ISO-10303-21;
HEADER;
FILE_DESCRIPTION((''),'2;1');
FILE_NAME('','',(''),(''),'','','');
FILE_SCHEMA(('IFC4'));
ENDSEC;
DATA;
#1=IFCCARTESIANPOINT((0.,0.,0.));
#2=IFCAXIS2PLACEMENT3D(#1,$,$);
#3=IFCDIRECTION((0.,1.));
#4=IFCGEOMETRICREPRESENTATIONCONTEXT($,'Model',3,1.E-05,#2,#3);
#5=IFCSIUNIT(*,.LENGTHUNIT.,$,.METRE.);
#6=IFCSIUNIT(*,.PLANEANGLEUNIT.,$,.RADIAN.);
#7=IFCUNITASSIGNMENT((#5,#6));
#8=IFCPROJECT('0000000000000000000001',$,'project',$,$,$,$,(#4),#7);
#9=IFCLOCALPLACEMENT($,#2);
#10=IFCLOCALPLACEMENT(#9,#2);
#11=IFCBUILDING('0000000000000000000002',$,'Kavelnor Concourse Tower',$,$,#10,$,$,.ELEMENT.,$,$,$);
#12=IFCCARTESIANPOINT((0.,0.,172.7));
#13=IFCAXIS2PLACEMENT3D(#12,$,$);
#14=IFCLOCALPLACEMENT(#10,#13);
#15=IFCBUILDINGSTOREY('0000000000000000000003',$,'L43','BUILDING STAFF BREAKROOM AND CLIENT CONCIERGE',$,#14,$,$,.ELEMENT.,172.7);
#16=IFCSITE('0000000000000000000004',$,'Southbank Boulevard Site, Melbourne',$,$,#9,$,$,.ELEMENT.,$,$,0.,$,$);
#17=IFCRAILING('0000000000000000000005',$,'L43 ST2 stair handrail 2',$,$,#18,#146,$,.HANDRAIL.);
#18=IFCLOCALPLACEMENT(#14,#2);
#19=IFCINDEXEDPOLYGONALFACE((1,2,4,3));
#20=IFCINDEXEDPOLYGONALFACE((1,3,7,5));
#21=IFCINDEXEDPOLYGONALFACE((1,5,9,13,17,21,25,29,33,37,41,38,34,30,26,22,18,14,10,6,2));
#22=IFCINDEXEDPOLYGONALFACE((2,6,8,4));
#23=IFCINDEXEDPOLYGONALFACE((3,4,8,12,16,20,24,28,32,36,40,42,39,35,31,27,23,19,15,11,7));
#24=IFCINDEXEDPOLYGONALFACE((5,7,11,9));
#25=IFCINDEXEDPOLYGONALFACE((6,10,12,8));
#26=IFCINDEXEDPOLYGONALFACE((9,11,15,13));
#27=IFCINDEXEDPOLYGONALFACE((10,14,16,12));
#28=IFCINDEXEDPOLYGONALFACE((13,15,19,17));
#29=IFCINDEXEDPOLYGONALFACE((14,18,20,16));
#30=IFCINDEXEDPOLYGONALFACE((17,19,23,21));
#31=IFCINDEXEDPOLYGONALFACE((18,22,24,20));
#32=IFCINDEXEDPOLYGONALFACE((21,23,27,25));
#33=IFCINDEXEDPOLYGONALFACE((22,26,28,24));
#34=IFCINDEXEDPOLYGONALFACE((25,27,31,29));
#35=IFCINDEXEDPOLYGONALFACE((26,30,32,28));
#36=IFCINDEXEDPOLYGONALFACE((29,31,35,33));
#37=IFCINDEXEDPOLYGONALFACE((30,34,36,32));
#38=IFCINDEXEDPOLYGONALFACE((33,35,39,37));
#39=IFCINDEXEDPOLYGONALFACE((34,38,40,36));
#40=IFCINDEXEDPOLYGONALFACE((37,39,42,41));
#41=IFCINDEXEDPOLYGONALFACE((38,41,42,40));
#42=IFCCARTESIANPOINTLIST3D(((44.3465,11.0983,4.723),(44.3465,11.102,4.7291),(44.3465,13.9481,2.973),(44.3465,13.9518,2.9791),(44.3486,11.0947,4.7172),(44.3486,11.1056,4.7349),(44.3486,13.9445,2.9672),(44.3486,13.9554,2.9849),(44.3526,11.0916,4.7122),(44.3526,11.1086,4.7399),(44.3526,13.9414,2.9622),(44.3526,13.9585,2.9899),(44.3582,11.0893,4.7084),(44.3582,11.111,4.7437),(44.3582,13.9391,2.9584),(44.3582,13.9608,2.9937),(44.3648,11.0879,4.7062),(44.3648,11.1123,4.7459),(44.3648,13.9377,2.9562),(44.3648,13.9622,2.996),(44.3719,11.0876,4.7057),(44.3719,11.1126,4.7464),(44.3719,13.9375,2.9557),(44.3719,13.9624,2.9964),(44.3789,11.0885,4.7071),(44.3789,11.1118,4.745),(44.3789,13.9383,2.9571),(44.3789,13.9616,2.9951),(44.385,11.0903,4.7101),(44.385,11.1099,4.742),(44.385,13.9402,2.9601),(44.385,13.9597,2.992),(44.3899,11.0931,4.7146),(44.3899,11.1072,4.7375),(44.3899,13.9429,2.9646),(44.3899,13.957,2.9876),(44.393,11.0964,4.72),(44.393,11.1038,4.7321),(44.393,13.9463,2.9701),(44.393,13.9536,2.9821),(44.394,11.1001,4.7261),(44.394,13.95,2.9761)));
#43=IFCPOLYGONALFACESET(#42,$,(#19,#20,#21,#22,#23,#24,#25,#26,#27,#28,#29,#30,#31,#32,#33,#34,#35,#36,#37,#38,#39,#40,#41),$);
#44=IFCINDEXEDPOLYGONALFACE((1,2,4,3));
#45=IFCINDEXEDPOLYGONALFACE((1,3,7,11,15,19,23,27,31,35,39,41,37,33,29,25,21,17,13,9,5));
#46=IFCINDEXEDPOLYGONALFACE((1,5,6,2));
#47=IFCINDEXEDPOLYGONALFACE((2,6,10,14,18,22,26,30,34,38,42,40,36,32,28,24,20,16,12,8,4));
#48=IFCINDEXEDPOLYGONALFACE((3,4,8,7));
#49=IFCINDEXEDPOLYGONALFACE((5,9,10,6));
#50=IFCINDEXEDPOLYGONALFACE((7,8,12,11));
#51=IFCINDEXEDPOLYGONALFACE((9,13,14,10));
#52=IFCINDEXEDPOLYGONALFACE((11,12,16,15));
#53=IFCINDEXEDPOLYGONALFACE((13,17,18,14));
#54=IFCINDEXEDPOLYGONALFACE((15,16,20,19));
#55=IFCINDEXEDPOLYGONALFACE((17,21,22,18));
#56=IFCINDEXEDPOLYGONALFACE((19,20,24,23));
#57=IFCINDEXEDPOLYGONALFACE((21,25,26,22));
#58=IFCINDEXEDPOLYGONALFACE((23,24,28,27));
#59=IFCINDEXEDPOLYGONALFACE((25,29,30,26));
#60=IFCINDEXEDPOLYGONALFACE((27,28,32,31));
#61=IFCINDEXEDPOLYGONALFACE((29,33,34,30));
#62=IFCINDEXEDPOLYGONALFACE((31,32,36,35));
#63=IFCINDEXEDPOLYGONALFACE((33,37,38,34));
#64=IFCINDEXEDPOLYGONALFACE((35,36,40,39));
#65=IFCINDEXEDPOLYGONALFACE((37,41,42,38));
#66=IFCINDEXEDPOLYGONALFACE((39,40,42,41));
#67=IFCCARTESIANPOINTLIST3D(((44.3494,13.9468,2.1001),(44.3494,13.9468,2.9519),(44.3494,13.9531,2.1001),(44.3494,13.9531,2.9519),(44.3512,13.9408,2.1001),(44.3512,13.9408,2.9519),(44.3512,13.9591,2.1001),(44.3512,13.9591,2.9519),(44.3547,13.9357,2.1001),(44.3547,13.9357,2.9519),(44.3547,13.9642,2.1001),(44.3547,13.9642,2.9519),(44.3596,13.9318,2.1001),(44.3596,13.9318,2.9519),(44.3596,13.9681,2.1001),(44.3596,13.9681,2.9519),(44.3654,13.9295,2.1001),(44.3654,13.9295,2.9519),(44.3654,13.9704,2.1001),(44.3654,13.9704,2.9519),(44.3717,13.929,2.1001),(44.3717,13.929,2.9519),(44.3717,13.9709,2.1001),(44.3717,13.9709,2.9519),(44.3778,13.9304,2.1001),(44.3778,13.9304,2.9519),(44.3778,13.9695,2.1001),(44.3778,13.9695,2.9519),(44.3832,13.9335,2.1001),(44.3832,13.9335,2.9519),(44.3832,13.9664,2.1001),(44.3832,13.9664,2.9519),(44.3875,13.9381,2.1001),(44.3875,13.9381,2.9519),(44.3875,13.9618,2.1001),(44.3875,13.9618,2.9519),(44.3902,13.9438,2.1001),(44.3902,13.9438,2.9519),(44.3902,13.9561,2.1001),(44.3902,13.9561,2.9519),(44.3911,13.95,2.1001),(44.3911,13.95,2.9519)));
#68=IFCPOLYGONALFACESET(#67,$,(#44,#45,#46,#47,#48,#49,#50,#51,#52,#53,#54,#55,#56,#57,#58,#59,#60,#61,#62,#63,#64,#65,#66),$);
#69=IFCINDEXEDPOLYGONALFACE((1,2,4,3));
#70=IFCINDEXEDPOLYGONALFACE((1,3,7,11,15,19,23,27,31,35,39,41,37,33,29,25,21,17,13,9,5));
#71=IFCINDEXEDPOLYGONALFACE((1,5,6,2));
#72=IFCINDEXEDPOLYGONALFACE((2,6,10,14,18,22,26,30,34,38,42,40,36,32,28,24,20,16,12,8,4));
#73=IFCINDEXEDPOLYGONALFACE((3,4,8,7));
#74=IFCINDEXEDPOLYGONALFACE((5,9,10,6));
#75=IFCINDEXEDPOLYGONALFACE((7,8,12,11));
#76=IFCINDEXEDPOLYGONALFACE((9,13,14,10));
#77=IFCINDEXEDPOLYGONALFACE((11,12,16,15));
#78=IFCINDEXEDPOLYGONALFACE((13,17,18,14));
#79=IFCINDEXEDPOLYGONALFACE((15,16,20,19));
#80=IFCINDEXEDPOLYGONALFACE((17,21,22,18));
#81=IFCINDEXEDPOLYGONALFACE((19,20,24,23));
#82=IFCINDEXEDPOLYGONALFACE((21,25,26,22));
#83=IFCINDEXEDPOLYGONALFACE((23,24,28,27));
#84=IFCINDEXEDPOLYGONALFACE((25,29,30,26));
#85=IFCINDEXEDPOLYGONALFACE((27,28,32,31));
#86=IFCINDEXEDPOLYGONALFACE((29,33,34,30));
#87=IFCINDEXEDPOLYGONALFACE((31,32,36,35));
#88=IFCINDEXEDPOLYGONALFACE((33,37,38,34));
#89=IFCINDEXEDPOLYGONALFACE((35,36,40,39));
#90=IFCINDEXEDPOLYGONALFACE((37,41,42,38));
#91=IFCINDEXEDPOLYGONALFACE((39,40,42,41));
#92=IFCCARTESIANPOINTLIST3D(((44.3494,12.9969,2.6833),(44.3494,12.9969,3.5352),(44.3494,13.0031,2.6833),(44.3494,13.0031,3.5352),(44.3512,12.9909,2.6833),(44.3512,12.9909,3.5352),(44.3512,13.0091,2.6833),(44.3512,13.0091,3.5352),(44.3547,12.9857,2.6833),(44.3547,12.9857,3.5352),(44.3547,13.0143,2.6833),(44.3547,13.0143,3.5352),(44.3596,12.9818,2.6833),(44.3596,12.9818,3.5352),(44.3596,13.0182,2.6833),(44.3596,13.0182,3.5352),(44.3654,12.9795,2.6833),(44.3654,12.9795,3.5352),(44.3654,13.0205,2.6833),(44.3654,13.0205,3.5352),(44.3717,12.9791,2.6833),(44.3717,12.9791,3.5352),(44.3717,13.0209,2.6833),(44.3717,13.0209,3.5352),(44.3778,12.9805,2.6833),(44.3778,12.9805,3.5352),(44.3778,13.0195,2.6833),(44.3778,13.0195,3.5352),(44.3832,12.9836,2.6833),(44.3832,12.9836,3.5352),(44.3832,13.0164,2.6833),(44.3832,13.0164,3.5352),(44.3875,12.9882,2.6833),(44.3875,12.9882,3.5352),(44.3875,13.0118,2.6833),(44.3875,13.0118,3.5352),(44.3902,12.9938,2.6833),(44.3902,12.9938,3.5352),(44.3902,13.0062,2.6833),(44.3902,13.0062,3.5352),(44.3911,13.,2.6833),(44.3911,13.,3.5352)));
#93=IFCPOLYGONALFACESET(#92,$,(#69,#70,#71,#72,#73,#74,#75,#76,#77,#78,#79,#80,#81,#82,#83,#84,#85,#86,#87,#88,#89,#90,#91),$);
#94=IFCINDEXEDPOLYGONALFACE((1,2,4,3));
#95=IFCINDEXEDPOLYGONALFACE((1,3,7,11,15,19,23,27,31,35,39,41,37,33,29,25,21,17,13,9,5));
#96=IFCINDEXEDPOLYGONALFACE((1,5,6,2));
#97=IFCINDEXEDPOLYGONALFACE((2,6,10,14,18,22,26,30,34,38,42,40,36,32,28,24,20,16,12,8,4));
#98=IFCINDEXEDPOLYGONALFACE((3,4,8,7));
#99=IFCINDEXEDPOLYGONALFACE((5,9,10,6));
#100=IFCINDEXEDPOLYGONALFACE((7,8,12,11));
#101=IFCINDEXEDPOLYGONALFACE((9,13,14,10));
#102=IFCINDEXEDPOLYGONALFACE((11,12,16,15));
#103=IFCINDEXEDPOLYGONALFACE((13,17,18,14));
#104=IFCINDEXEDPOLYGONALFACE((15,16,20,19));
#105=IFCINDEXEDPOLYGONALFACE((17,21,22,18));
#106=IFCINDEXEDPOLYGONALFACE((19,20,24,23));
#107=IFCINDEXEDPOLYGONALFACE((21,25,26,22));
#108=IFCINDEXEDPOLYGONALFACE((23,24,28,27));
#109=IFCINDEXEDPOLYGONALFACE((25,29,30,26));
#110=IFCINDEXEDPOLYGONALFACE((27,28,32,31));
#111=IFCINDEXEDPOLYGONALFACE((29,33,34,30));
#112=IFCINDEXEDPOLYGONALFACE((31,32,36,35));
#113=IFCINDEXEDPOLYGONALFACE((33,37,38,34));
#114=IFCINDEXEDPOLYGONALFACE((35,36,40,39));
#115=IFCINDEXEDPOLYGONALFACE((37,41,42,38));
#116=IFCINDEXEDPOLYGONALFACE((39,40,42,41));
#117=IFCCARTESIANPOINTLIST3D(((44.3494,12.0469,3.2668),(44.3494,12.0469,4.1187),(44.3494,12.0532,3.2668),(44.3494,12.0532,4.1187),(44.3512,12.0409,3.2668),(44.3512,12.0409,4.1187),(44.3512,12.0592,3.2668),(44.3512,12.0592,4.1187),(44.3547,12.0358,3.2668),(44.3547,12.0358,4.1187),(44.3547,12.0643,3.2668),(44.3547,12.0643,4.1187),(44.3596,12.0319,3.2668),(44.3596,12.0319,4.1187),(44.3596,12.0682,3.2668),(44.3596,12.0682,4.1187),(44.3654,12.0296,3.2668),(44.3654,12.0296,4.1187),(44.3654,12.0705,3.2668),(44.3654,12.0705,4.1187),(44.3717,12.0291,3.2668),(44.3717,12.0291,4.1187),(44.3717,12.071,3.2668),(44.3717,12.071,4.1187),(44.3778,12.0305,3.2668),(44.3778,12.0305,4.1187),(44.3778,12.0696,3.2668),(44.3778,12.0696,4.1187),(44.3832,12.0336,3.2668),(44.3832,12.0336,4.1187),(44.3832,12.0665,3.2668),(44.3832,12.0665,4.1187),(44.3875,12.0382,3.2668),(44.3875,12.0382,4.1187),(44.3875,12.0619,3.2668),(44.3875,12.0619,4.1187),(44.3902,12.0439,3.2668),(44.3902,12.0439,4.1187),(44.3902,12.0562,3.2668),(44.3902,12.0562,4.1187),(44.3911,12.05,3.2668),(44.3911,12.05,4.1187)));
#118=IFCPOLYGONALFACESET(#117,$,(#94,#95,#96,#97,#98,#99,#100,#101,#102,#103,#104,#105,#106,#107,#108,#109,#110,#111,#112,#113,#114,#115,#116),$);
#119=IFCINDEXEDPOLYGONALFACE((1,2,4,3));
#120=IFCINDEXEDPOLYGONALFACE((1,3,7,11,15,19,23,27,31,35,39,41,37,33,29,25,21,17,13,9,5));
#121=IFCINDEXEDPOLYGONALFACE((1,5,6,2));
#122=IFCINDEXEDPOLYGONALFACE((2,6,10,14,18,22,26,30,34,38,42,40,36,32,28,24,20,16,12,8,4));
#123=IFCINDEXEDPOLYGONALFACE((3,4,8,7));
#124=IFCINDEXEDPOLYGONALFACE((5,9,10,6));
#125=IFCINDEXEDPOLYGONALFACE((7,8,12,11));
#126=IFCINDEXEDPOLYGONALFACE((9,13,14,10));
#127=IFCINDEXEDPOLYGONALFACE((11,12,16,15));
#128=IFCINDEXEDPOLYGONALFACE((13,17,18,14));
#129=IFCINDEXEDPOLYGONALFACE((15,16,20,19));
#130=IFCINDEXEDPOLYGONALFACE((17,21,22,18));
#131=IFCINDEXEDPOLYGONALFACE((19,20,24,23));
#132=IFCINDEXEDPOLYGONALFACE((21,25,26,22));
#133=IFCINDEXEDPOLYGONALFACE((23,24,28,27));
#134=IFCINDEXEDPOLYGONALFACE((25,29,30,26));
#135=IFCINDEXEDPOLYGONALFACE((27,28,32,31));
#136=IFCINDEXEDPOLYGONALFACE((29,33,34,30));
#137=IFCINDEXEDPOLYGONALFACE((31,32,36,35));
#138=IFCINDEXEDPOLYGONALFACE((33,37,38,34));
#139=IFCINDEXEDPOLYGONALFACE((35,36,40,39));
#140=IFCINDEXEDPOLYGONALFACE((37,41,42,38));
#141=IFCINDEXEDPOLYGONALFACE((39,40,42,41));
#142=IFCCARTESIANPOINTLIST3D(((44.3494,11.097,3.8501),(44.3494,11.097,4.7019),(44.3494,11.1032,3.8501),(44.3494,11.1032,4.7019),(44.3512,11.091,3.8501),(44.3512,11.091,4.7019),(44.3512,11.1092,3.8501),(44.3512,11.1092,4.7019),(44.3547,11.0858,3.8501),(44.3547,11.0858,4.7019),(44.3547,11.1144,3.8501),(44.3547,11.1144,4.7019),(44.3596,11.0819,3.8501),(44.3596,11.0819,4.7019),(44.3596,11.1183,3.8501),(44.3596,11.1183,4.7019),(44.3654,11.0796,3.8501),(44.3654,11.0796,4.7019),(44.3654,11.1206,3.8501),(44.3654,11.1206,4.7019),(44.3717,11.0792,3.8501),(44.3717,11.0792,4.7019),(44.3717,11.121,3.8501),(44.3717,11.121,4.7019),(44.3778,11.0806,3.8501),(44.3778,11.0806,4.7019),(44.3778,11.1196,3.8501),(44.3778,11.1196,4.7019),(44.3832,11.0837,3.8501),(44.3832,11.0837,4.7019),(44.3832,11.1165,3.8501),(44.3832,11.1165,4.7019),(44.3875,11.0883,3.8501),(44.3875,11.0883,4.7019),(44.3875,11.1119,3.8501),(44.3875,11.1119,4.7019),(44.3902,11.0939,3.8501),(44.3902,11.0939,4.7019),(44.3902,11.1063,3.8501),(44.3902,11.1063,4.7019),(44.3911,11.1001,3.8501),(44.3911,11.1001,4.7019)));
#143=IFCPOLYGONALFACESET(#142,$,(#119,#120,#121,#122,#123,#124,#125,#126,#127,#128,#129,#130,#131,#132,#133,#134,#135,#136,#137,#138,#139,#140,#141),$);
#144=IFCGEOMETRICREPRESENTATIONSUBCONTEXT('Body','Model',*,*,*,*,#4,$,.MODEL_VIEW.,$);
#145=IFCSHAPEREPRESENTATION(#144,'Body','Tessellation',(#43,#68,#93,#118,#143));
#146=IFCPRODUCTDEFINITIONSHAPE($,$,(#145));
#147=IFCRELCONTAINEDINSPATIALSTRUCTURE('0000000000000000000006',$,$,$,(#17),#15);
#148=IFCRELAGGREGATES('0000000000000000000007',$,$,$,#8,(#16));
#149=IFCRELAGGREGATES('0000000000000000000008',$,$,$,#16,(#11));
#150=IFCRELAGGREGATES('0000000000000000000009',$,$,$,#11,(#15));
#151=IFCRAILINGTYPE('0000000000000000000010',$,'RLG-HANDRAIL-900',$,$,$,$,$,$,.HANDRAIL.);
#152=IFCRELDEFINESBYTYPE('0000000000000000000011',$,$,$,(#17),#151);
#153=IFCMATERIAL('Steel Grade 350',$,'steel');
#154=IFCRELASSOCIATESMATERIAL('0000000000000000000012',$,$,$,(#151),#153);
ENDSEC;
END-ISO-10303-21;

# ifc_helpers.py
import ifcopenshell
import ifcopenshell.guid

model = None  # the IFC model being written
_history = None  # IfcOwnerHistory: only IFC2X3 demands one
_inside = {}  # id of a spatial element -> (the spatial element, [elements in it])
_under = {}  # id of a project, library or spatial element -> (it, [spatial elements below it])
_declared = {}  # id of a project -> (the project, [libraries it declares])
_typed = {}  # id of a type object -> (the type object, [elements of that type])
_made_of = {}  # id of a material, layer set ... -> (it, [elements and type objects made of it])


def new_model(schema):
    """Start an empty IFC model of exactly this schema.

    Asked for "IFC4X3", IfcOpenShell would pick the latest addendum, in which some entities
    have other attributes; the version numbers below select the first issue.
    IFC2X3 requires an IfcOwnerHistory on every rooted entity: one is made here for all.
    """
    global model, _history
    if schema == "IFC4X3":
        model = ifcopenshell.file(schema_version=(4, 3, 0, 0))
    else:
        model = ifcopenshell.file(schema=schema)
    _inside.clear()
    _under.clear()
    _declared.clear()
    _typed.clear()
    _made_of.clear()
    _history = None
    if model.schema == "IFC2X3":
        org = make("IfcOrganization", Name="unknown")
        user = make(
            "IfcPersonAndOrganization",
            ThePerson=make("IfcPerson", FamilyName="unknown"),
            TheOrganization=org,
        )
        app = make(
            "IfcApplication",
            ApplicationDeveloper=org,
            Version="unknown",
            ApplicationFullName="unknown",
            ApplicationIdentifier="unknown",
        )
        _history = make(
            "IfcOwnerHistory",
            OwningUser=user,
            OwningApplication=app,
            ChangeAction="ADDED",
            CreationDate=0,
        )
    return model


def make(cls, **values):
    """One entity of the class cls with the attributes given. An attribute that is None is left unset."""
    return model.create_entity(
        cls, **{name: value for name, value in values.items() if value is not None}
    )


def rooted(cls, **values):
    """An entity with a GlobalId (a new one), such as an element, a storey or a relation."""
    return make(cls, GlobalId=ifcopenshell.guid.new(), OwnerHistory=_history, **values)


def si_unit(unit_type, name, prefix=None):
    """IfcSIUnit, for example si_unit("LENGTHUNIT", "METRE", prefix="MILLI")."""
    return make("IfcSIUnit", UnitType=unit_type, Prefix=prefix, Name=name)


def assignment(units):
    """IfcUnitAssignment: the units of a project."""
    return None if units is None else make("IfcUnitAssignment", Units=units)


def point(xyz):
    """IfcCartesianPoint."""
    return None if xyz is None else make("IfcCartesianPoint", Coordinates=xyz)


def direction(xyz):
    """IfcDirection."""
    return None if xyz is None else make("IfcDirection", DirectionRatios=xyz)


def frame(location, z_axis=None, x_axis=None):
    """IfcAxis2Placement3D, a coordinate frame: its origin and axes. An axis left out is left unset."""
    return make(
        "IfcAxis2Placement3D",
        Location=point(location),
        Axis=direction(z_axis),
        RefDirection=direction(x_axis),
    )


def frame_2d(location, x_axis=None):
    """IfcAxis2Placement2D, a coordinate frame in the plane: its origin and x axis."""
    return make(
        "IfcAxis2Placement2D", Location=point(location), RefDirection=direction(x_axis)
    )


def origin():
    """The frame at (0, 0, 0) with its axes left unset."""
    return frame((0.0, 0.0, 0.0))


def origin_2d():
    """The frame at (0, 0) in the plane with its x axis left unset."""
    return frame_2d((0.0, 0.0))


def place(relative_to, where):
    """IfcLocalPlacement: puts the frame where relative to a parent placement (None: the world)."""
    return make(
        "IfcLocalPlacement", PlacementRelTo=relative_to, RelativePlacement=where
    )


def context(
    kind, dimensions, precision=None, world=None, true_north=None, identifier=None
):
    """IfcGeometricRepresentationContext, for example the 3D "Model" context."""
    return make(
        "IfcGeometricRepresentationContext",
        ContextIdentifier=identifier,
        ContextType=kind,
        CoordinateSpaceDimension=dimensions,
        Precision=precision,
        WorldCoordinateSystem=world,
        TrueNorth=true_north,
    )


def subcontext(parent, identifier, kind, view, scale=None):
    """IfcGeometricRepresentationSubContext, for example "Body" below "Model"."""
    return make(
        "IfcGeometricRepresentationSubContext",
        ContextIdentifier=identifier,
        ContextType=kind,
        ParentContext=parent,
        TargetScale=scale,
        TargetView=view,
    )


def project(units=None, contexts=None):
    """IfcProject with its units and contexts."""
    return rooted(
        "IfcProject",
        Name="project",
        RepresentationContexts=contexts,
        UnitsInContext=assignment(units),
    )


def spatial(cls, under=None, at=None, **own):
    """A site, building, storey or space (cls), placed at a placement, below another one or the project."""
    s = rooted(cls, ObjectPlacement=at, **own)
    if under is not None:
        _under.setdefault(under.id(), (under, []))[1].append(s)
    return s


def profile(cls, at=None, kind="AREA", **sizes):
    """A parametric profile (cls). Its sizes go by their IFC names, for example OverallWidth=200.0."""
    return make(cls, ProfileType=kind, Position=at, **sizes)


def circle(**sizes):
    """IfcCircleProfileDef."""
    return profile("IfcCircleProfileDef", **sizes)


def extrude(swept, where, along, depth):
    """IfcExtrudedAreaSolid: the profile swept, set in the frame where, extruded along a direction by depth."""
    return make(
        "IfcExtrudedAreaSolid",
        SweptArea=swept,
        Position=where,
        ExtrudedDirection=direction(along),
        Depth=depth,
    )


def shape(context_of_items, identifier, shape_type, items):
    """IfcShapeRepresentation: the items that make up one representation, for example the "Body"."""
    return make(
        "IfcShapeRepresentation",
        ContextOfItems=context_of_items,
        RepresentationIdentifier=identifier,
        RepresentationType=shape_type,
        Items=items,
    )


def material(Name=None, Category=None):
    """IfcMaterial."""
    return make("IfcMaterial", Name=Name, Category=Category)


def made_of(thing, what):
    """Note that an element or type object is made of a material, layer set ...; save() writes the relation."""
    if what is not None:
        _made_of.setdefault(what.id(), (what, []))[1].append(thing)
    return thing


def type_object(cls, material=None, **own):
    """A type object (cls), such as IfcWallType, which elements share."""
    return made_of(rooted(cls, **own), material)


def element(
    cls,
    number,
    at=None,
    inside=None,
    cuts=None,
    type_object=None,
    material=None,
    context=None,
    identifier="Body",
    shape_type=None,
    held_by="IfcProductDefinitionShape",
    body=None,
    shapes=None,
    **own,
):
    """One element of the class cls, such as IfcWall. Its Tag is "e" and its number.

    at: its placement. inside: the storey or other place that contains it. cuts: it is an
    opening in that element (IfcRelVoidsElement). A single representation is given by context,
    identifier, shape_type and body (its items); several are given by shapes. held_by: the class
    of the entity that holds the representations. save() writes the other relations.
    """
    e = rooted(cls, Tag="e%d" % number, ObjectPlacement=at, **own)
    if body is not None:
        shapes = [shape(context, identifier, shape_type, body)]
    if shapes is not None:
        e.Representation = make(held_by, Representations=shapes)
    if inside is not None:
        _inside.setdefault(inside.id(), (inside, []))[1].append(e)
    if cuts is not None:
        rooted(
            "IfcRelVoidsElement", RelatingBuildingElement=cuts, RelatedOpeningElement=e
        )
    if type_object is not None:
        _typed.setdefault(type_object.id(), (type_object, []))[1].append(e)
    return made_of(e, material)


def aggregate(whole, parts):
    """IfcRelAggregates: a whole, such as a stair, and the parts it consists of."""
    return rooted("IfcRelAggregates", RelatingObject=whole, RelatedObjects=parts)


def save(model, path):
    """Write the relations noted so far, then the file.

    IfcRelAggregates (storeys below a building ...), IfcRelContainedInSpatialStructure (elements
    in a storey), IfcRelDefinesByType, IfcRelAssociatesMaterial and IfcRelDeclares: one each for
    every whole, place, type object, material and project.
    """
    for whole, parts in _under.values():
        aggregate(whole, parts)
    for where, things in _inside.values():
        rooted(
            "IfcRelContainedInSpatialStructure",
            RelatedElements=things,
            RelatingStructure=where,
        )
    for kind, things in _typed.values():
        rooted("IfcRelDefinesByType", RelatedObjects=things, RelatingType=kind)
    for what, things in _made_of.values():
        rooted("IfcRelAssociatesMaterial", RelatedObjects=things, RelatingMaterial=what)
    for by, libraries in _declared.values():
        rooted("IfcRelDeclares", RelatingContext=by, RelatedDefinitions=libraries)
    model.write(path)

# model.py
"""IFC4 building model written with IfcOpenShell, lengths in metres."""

from ifc_helpers import new_model, si_unit, direction, frame, origin, origin_2d, place, context, subcontext, project, spatial, circle, extrude, material, type_object, element, save


model = new_model("IFC4")

# Units and contexts
model_context = context("Model", 3, precision=1e-05, world=origin(), true_north=direction((0.0, 1.0)))
body_context = subcontext(model_context, "Body", "Model", "MODEL_VIEW")
ifc_project = project(units=[si_unit("LENGTHUNIT", "METRE"), si_unit("PLANEANGLEUNIT", "RADIAN")], contexts=[model_context])

# Site, building, storey
site_placement = place(None, origin())
site = spatial("IfcSite", under=ifc_project, at=site_placement, Name="Southbank Boulevard Site, Melbourne", CompositionType="ELEMENT", RefElevation=0.0)
building_placement = place(site_placement, origin())
building = spatial("IfcBuilding", under=site, at=building_placement, Name="Kavelnor Concourse Tower", CompositionType="ELEMENT")
storey_placement = place(building_placement, frame((0.0, 0.0, 172.7)))
storey = spatial("IfcBuildingStorey", under=building, at=storey_placement, Name="L43", Description="BUILDING STAFF BREAKROOM AND CLIENT CONCIERGE", CompositionType="ELEMENT", Elevation=172.7)

# Shared definitions
ifc_material_1 = material(Name="Steel Grade 350", Category="steel")

# Railing
railing_type_1 = type_object("IfcRailingType", Name="RLG-HANDRAIL-900", PredefinedType="HANDRAIL", material=ifc_material_1)
railing_1_placement = place(storey_placement, frame((44.3701, 13.95, 2.1001)))
element("IfcRailing", 1, at=railing_1_placement, inside=storey, type_object=railing_type_1, Name="L43 ST2 stair handrail 2", PredefinedType="HANDRAIL", context=body_context, shape_type="SweptSolid", body=[
    extrude(circle(Radius=0.0239, at=origin_2d()), frame((0.0, 0.0, 0.876), z_axis=(0.0, -0.852159, 0.523283), x_axis=(1.0, 0.0, 0.0)), (0.0, 0.0, 1.0), 3.3442),
    extrude(circle(Radius=0.021, at=origin_2d()), origin(), (0.0, 0.0, 1.0), 0.8518),
    extrude(circle(Radius=0.021, at=origin_2d()), frame((0.0, -0.95, 0.5833)), (0.0, 0.0, 1.0), 0.8518),
    extrude(circle(Radius=0.021, at=origin_2d()), frame((0.0, -1.8999, 1.1667)), (0.0, 0.0, 1.0), 0.8518),
    extrude(circle(Radius=0.021, at=origin_2d()), frame((0.0, -2.8499, 1.75)), (0.0, 0.0, 1.0), 0.8518),
])

save(model, "model.ifc")
